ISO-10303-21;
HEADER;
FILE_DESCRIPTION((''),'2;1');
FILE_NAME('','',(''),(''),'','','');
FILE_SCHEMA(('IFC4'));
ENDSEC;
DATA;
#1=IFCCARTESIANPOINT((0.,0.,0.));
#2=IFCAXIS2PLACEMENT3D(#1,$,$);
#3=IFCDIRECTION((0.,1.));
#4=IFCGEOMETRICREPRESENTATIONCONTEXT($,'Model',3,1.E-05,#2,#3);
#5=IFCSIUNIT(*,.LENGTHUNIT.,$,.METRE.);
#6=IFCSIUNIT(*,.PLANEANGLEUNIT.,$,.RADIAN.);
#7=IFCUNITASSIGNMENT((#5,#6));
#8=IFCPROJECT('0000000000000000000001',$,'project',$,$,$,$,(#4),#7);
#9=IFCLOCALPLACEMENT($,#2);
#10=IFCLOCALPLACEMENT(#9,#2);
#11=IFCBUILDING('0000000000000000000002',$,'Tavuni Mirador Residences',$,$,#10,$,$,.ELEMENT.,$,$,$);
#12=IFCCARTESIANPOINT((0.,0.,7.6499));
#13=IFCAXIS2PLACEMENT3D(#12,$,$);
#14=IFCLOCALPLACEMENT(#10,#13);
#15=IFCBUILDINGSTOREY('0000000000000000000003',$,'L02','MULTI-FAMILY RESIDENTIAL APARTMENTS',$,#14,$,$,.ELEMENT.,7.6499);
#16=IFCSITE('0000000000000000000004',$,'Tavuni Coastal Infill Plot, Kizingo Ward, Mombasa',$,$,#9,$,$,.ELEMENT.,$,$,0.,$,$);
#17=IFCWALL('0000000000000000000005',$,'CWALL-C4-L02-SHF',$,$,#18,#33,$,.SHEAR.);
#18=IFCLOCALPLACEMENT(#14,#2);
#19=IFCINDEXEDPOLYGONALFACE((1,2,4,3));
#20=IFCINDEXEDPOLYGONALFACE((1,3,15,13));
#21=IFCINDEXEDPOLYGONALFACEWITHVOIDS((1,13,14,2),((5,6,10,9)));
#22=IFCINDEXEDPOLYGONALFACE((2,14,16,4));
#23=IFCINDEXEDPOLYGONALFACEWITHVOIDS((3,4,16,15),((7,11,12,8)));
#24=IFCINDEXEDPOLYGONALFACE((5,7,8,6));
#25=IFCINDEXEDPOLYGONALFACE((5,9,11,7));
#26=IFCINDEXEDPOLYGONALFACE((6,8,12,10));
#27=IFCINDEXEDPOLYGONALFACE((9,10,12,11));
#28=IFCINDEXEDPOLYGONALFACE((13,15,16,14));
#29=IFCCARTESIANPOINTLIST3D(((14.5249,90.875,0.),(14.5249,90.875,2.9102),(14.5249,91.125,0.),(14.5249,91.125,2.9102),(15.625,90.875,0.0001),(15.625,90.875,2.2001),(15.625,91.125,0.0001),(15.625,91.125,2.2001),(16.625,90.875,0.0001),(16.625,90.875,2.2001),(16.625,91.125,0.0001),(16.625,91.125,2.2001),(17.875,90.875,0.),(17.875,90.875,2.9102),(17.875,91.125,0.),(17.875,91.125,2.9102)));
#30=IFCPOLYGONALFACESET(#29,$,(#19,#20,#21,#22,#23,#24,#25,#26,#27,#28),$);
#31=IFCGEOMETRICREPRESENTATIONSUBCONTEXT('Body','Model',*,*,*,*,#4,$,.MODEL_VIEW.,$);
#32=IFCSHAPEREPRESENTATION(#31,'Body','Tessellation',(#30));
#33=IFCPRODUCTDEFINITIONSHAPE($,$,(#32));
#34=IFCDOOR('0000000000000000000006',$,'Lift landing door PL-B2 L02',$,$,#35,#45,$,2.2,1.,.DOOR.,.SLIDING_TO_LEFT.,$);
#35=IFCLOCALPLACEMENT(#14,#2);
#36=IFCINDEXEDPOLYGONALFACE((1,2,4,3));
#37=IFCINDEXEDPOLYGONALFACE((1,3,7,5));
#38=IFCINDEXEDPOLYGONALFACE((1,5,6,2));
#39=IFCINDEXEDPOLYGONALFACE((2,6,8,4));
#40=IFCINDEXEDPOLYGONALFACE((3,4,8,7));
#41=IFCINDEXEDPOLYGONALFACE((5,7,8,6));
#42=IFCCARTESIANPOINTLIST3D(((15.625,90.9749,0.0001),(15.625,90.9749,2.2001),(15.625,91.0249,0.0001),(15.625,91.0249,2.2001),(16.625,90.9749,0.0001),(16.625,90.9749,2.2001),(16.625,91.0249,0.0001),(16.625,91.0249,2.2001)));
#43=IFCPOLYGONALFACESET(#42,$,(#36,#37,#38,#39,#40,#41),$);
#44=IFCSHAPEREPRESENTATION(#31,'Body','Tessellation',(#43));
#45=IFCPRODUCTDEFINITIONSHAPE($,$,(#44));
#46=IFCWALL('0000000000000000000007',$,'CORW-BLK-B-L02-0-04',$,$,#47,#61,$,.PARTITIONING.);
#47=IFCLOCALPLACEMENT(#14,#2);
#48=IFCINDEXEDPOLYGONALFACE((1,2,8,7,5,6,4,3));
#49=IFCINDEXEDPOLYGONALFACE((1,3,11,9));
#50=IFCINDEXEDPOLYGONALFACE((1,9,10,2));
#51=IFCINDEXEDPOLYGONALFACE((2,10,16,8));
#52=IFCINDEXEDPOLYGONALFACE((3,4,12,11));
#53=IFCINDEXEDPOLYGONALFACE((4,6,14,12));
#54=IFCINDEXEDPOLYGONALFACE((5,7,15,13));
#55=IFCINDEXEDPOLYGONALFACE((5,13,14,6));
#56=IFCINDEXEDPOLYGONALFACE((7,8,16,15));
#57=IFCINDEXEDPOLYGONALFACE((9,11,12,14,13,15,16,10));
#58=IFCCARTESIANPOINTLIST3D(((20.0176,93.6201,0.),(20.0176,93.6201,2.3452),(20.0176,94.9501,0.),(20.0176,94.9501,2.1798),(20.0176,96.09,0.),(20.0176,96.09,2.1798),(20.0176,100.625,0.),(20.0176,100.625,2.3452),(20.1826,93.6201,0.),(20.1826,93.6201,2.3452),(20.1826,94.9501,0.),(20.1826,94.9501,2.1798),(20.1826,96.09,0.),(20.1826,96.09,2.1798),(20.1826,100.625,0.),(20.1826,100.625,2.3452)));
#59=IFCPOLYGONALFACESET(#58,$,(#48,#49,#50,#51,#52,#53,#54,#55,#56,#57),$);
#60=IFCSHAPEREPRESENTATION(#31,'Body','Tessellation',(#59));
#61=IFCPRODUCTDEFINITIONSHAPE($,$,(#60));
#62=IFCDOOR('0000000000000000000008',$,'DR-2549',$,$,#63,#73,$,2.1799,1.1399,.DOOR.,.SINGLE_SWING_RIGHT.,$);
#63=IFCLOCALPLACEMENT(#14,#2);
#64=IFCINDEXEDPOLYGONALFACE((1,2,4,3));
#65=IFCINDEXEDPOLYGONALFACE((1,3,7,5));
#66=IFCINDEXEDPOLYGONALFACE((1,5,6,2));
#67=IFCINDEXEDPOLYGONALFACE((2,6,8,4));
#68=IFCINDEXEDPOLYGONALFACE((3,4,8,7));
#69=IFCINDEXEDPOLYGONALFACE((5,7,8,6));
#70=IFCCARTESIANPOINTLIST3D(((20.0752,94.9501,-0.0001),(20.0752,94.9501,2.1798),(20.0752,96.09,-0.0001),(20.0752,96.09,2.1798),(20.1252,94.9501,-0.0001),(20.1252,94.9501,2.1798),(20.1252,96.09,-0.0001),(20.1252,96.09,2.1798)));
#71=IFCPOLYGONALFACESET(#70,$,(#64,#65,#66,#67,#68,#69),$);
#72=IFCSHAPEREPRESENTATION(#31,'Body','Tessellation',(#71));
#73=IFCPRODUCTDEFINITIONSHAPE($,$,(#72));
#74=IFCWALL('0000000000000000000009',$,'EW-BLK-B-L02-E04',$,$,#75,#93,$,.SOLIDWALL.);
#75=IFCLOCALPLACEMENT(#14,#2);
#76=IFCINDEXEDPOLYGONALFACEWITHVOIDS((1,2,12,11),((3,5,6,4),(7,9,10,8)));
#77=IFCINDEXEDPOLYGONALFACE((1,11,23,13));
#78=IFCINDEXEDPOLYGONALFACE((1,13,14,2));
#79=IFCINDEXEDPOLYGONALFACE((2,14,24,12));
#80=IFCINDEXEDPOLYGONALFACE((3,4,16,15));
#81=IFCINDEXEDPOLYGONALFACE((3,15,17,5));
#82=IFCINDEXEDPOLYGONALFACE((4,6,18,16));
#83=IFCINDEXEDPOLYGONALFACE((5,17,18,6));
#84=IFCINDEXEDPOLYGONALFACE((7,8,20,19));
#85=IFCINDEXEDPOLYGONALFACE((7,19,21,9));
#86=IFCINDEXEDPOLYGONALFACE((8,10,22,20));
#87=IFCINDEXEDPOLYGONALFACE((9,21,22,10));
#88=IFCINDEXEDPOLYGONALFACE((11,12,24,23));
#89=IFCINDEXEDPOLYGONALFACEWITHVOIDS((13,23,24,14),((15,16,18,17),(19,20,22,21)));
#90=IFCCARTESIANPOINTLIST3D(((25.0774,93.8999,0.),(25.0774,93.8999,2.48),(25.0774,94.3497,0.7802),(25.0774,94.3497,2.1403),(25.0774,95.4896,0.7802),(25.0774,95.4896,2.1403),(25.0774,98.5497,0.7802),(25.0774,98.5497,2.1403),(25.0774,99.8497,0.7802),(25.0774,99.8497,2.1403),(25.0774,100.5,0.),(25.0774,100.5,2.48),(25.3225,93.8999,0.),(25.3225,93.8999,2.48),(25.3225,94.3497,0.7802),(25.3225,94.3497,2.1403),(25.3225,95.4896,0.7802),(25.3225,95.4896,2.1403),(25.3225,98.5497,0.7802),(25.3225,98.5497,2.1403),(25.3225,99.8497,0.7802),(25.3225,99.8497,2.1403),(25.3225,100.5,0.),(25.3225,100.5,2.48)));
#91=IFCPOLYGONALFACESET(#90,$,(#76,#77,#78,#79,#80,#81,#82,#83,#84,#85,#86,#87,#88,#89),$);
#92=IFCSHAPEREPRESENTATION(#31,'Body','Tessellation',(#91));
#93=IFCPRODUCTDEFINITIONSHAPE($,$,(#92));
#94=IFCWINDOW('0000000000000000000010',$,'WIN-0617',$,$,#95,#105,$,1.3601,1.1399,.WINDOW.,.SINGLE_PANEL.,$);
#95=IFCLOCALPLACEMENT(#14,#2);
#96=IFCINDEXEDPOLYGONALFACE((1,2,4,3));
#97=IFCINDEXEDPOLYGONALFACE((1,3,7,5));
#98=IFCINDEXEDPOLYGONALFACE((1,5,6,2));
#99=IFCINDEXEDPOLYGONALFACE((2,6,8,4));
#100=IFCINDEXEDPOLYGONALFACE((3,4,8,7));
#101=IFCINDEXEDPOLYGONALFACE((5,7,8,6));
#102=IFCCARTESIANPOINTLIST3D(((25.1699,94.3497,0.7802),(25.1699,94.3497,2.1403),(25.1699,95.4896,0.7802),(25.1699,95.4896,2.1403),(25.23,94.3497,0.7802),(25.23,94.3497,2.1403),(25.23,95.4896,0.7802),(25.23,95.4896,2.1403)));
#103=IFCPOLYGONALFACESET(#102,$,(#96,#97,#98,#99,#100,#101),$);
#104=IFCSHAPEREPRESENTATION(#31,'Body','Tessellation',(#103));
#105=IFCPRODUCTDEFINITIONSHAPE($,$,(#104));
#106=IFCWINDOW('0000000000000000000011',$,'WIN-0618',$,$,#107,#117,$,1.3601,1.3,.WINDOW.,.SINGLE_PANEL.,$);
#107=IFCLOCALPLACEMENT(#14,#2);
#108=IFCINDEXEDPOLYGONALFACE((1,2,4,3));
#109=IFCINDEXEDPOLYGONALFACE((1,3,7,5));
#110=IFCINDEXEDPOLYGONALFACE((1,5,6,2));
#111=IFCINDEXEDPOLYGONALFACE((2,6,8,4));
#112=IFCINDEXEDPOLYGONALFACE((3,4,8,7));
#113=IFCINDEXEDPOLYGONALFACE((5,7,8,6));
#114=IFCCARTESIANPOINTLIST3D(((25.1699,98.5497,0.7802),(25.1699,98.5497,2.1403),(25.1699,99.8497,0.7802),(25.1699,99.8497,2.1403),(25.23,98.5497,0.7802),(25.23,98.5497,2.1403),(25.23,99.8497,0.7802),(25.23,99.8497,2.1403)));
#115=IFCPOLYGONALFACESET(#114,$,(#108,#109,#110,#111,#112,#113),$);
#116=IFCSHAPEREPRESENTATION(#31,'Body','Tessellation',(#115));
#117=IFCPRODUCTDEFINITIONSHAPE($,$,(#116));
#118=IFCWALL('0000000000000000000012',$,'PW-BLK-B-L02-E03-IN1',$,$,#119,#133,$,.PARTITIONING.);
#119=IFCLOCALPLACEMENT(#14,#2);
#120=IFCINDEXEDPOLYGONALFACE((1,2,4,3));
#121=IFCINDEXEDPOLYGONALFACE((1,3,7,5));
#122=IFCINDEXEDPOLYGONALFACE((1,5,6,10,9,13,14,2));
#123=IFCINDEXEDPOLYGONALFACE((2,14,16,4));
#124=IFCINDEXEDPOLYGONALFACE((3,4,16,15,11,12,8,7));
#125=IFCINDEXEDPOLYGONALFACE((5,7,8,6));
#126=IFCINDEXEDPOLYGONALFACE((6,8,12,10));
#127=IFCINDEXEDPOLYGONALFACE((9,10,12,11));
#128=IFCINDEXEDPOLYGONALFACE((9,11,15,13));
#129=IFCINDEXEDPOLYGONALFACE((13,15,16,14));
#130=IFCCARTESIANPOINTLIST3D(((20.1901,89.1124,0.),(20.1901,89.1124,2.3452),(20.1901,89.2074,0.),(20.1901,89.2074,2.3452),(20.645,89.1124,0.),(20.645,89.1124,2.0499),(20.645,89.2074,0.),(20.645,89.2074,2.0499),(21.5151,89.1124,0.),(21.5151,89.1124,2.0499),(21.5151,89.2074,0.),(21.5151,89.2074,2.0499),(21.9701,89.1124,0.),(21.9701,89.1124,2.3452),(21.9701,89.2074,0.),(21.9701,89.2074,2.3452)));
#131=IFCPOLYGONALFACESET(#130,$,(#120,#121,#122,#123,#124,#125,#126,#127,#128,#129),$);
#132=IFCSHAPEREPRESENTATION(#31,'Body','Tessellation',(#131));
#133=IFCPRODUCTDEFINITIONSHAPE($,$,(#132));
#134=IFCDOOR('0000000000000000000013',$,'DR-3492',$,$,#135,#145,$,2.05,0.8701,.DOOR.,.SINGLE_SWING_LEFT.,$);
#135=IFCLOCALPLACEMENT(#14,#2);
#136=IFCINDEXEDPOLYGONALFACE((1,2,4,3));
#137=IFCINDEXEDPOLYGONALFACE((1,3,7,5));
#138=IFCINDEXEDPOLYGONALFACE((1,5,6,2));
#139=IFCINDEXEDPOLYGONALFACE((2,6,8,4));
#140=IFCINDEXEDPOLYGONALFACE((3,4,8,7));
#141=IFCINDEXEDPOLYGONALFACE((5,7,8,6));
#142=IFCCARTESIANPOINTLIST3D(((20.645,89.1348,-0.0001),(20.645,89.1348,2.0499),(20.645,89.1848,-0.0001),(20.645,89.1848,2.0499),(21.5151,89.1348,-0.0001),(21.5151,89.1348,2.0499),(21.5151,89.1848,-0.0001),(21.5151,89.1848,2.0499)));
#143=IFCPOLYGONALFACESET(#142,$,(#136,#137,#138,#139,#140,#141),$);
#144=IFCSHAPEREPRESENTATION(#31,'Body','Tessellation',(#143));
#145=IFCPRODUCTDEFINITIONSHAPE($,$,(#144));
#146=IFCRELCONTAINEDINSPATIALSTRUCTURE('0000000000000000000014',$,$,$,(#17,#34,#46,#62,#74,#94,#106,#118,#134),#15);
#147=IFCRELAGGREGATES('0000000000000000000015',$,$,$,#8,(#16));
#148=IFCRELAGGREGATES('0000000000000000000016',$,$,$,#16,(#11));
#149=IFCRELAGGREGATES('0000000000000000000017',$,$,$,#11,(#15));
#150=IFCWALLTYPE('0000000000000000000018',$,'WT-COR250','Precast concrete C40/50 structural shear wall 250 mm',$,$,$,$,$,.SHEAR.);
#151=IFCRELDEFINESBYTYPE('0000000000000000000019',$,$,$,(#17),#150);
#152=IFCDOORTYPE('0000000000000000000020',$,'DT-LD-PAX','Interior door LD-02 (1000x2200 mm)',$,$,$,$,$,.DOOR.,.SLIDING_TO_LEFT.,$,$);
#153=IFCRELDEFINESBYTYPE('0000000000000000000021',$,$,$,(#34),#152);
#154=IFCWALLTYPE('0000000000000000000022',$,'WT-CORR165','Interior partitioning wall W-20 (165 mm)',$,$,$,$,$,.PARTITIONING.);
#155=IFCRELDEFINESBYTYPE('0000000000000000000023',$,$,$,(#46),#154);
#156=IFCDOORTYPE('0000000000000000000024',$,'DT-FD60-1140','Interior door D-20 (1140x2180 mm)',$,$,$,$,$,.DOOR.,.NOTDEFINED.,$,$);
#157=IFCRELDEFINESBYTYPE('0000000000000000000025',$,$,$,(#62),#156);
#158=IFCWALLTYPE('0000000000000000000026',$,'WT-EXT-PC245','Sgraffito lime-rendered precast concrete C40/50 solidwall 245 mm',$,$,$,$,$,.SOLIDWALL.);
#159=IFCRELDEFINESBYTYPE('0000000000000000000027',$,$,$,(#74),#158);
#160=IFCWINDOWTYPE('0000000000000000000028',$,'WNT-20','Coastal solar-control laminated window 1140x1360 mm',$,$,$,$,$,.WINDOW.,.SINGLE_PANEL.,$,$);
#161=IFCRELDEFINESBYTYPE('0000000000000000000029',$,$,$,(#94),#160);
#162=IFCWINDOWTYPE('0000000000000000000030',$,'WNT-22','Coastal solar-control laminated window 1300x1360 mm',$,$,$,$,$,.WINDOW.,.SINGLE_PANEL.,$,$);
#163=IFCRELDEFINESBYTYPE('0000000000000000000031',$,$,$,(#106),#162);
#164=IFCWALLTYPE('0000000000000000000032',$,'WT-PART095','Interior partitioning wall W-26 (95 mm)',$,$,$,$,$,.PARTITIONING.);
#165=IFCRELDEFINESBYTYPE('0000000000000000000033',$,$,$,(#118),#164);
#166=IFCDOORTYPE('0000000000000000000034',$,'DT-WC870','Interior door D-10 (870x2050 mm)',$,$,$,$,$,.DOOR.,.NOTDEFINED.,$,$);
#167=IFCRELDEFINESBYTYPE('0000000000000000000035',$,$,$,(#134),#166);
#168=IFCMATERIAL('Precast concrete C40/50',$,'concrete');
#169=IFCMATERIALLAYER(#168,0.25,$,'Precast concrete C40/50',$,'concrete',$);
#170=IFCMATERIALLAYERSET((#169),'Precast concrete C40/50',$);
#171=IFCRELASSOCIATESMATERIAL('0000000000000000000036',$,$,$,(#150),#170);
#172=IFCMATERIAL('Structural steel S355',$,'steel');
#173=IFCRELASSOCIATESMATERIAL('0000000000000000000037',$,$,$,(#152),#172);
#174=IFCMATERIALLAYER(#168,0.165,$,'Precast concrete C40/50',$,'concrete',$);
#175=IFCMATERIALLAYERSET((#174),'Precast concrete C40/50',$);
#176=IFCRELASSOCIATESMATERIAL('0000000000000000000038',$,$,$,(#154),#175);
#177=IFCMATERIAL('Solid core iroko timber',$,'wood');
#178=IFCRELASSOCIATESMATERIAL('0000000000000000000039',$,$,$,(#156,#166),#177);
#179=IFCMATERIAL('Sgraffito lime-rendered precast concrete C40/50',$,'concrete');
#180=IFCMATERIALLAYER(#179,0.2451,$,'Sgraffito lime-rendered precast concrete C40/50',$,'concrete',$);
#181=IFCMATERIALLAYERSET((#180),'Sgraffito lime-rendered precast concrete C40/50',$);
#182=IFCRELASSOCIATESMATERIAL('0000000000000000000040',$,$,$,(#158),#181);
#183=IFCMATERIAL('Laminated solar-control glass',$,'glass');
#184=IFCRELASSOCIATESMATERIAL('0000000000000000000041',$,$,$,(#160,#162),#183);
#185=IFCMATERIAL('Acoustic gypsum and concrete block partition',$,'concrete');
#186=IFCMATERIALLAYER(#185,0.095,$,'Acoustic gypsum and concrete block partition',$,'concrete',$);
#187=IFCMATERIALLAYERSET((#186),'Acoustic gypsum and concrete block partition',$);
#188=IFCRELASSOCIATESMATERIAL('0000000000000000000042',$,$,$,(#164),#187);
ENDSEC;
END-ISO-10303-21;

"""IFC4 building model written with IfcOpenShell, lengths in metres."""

from ifc_helpers import new_model, si_unit, direction, frame, frame_2d, origin, place, context, subcontext, project, spatial, rectangle, extrude, material, layer, layer_set, type_object, element, fill, save


model = new_model("IFC4")

# Units and contexts
model_context = context("Model", 3, precision=1e-05, world=origin(), true_north=direction((0.0, 1.0)))
body_context = subcontext(model_context, "Body", "Model", "MODEL_VIEW")
ifc_project = project(units=[si_unit("LENGTHUNIT", "METRE"), si_unit("PLANEANGLEUNIT", "RADIAN")], contexts=[model_context])

# Site, building, storey
site_placement = place(None, origin())
site = spatial("IfcSite", under=ifc_project, at=site_placement, Name="Tavuni Coastal Infill Plot, Kizingo Ward, Mombasa", CompositionType="ELEMENT", RefElevation=0.0)
building_placement = place(site_placement, origin())
building = spatial("IfcBuilding", under=site, at=building_placement, Name="Tavuni Mirador Residences", CompositionType="ELEMENT")
storey_placement = place(building_placement, frame((0.0, 0.0, 7.6499)))
storey = spatial("IfcBuildingStorey", under=building, at=storey_placement, Name="L02", Description="MULTI-FAMILY RESIDENTIAL APARTMENTS", CompositionType="ELEMENT", Elevation=7.6499)

# Shared definitions
ifc_material_1 = material(Name="Precast concrete C40/50", Category="concrete")

# Shared definitions
ifc_material_2 = material(Name="Structural steel S355", Category="steel")

# Walls, openings, doors
ifc_layer_1 = layer(ifc_material_1, 0.25, Name="Precast concrete C40/50", Category="concrete")
ifc_layer_set_1 = layer_set([ifc_layer_1], Name="Precast concrete C40/50")
wall_type_1 = type_object("IfcWallType", Name="WT-COR250", Description="Precast concrete C40/50 structural shear wall 250 mm", PredefinedType="SHEAR", material=ifc_layer_set_1)
wall_1_placement = place(storey_placement, frame((14.5249, 91.0, 0.0), z_axis=(0.0, 0.0, 1.0), x_axis=(1.0, 0.0, 0.0)))
wall_1 = element("IfcWall", 1, at=wall_1_placement, inside=storey, type_object=wall_type_1, Name="CWALL-C4-L02-SHF", PredefinedType="SHEAR", context=body_context, shape_type="SweptSolid", body=[
    extrude(rectangle(XDim=3.3501, YDim=0.25, at=frame_2d((1.675, 0.0))), origin(), (0.0, 0.0, 1.0), 2.9102),
])
opening_1_placement = place(wall_1_placement, frame((1.1001, 0.0, 0.0)))
opening_1 = element("IfcOpeningElement", 2, at=opening_1_placement, cuts=wall_1, PredefinedType="OPENING", context=body_context, shape_type="SweptSolid", body=[
    extrude(rectangle(XDim=1.0, YDim=2.2, at=frame_2d((0.5, 1.1001))), frame((0.0, 0.135, 0.0), z_axis=(0.0, -1.0, 0.0), x_axis=(1.0, 0.0, 0.0)), (0.0, 0.0, 1.0), 0.27),
])
door_type_1 = type_object("IfcDoorType", Name="DT-LD-PAX", Description="Interior door LD-02 (1000x2200 mm)", OperationType="SLIDING_TO_LEFT", PredefinedType="DOOR", material=ifc_material_2)
door_1_placement = place(opening_1_placement, origin())
door_1 = element("IfcDoor", 3, at=door_1_placement, inside=storey, type_object=door_type_1, Name="Lift landing door PL-B2 L02", OperationType="SLIDING_TO_LEFT", OverallHeight=2.2, OverallWidth=1.0, PredefinedType="DOOR", context=body_context, shape_type="SweptSolid", body=[
    extrude(rectangle(XDim=1.0, YDim=2.2, at=frame_2d((0.5, 1.1001))), frame((0.0, 0.0249, 0.0), z_axis=(0.0, -1.0, 0.0), x_axis=(1.0, 0.0, 0.0)), (0.0, 0.0, 1.0), 0.05),
])
fill(opening_1, door_1)
ifc_layer_2 = layer(ifc_material_1, 0.165, Name="Precast concrete C40/50", Category="concrete")
ifc_layer_set_2 = layer_set([ifc_layer_2], Name="Precast concrete C40/50")
wall_type_2 = type_object("IfcWallType", Name="WT-CORR165", Description="Interior partitioning wall W-20 (165 mm)", PredefinedType="PARTITIONING", material=ifc_layer_set_2)
wall_2_placement = place(storey_placement, frame((20.1001, 93.6201, 0.0), z_axis=(0.0, 0.0, 1.0), x_axis=(0.0, 1.0, 0.0)))
wall_2 = element("IfcWall", 4, at=wall_2_placement, inside=storey, type_object=wall_type_2, Name="CORW-BLK-B-L02-0-04", PredefinedType="PARTITIONING", context=body_context, shape_type="SweptSolid", body=[
    extrude(rectangle(XDim=7.0049, YDim=0.165, at=frame_2d((3.5024, 0.0))), origin(), (0.0, 0.0, 1.0), 2.3452),
])
opening_2_placement = place(wall_2_placement, frame((1.3301, 0.0, 0.0)))
opening_2 = element("IfcOpeningElement", 5, at=opening_2_placement, cuts=wall_2, PredefinedType="OPENING", context=body_context, shape_type="SweptSolid", body=[
    extrude(rectangle(XDim=1.1399, YDim=2.1799, at=frame_2d((0.5698, 1.0898))), frame((0.0, 0.0925, 0.0), z_axis=(0.0, -1.0, 0.0), x_axis=(1.0, 0.0, 0.0)), (0.0, 0.0, 1.0), 0.1851),
])
ifc_material_3 = material(Name="Solid core iroko timber", Category="wood")
door_type_2 = type_object("IfcDoorType", Name="DT-FD60-1140", Description="Interior door D-20 (1140x2180 mm)", OperationType="NOTDEFINED", PredefinedType="DOOR", material=ifc_material_3)
door_2_placement = place(opening_2_placement, origin())
door_2 = element("IfcDoor", 6, at=door_2_placement, inside=storey, type_object=door_type_2, Name="DR-2549", OperationType="SINGLE_SWING_RIGHT", OverallHeight=2.1799, OverallWidth=1.1399, PredefinedType="DOOR", context=body_context, shape_type="SweptSolid", body=[
    extrude(rectangle(XDim=1.1399, YDim=2.1799, at=frame_2d((0.5698, 1.0898))), frame((0.0, 0.0249, 0.0), z_axis=(0.0, -1.0, 0.0), x_axis=(1.0, 0.0, 0.0)), (0.0, 0.0, 1.0), 0.05),
])
fill(opening_2, door_2)

# Wall, openings, windows
ifc_material_4 = material(Name="Sgraffito lime-rendered precast concrete C40/50", Category="concrete")
ifc_layer_3 = layer(ifc_material_4, 0.2451, Name="Sgraffito lime-rendered precast concrete C40/50", Category="concrete")
ifc_layer_set_3 = layer_set([ifc_layer_3], Name="Sgraffito lime-rendered precast concrete C40/50")
wall_type_3 = type_object("IfcWallType", Name="WT-EXT-PC245", Description="Sgraffito lime-rendered precast concrete C40/50 solidwall 245 mm", PredefinedType="SOLIDWALL", material=ifc_layer_set_3)
wall_3_placement = place(storey_placement, frame((25.2, 93.8999, 0.0), z_axis=(0.0, 0.0, 1.0), x_axis=(0.0, 1.0, 0.0)))
wall_3 = element("IfcWall", 7, at=wall_3_placement, inside=storey, type_object=wall_type_3, Name="EW-BLK-B-L02-E04", PredefinedType="SOLIDWALL", context=body_context, shape_type="SweptSolid", body=[
    extrude(rectangle(XDim=6.6001, YDim=0.2451, at=frame_2d((3.3, 0.0))), origin(), (0.0, 0.0, 1.0), 2.48),
])
opening_3_placement = place(wall_3_placement, frame((0.45, 0.0, 0.78)))
opening_3 = element("IfcOpeningElement", 8, at=opening_3_placement, cuts=wall_3, PredefinedType="OPENING", context=body_context, shape_type="SweptSolid", body=[
    extrude(rectangle(XDim=1.1399, YDim=1.3601, at=frame_2d((0.5698, 0.6802))), frame((0.0, 0.1326, 0.0), z_axis=(0.0, -1.0, 0.0), x_axis=(1.0, 0.0, 0.0)), (0.0, 0.0, 1.0), 0.2651),
])
opening_4_placement = place(wall_3_placement, frame((4.6499, 0.0, 0.78)))
opening_4 = element("IfcOpeningElement", 9, at=opening_4_placement, cuts=wall_3, PredefinedType="OPENING", context=body_context, shape_type="SweptSolid", body=[
    extrude(rectangle(XDim=1.3, YDim=1.3601, at=frame_2d((0.6499, 0.6802))), frame((0.0, 0.1326, 0.0), z_axis=(0.0, -1.0, 0.0), x_axis=(1.0, 0.0, 0.0)), (0.0, 0.0, 1.0), 0.2651),
])
ifc_material_5 = material(Name="Laminated solar-control glass", Category="glass")
window_type_1 = type_object("IfcWindowType", Name="WNT-20", Description="Coastal solar-control laminated window 1140x1360 mm", PartitioningType="SINGLE_PANEL", PredefinedType="WINDOW", material=ifc_material_5)
window_1_placement = place(opening_3_placement, origin())
window_1 = element("IfcWindow", 10, at=window_1_placement, inside=storey, type_object=window_type_1, Name="WIN-0617", OverallHeight=1.3601, OverallWidth=1.1399, PartitioningType="SINGLE_PANEL", PredefinedType="WINDOW", context=body_context, shape_type="SweptSolid", body=[
    extrude(rectangle(XDim=1.1399, YDim=1.3601, at=frame_2d((0.5698, 0.6802))), frame((0.0, 0.03, 0.0), z_axis=(0.0, -1.0, 0.0), x_axis=(1.0, 0.0, 0.0)), (0.0, 0.0, 1.0), 0.0601),
])
fill(opening_3, window_1)
window_type_2 = type_object("IfcWindowType", Name="WNT-22", Description="Coastal solar-control laminated window 1300x1360 mm", PartitioningType="SINGLE_PANEL", PredefinedType="WINDOW", material=ifc_material_5)
window_2_placement = place(opening_4_placement, origin())
window_2 = element("IfcWindow", 11, at=window_2_placement, inside=storey, type_object=window_type_2, Name="WIN-0618", OverallHeight=1.3601, OverallWidth=1.3, PartitioningType="SINGLE_PANEL", PredefinedType="WINDOW", context=body_context, shape_type="SweptSolid", body=[
    extrude(rectangle(XDim=1.3, YDim=1.3601, at=frame_2d((0.6499, 0.6802))), frame((0.0, 0.03, 0.0), z_axis=(0.0, -1.0, 0.0), x_axis=(1.0, 0.0, 0.0)), (0.0, 0.0, 1.0), 0.0601),
])
fill(opening_4, window_2)

# Wall, opening, door
ifc_material_6 = material(Name="Acoustic gypsum and concrete block partition", Category="concrete")
ifc_layer_4 = layer(ifc_material_6, 0.095, Name="Acoustic gypsum and concrete block partition", Category="concrete")
ifc_layer_set_4 = layer_set([ifc_layer_4], Name="Acoustic gypsum and concrete block partition")
wall_type_4 = type_object("IfcWallType", Name="WT-PART095", Description="Interior partitioning wall W-26 (95 mm)", PredefinedType="PARTITIONING", material=ifc_layer_set_4)
wall_4_placement = place(storey_placement, frame((20.1899, 89.1599, 0.0), z_axis=(0.0, 0.0, 1.0), x_axis=(1.0, 0.0, 0.0)))
wall_4 = element("IfcWall", 12, at=wall_4_placement, inside=storey, type_object=wall_type_4, Name="PW-BLK-B-L02-E03-IN1", PredefinedType="PARTITIONING", context=body_context, shape_type="SweptSolid", body=[
    extrude(rectangle(XDim=1.78, YDim=0.095, at=frame_2d((0.8901, 0.0))), origin(), (0.0, 0.0, 1.0), 2.3452),
])
opening_5_placement = place(wall_4_placement, frame((0.4551, 0.0, 0.0)))
opening_5 = element("IfcOpeningElement", 13, at=opening_5_placement, cuts=wall_4, PredefinedType="OPENING", context=body_context, shape_type="SweptSolid", body=[
    extrude(rectangle(XDim=0.8701, YDim=2.05, at=frame_2d((0.4351, 1.0249))), frame((0.0, 0.0576, 0.0), z_axis=(0.0, -1.0, 0.0), x_axis=(1.0, 0.0, 0.0)), (0.0, 0.0, 1.0), 0.115),
])
door_type_3 = type_object("IfcDoorType", Name="DT-WC870", Description="Interior door D-10 (870x2050 mm)", OperationType="NOTDEFINED", PredefinedType="DOOR", material=ifc_material_3)
door_3_placement = place(opening_5_placement, origin())
door_3 = element("IfcDoor", 14, at=door_3_placement, inside=storey, type_object=door_type_3, Name="DR-3492", OperationType="SINGLE_SWING_LEFT", OverallHeight=2.05, OverallWidth=0.8701, PredefinedType="DOOR", context=body_context, shape_type="SweptSolid", body=[
    extrude(rectangle(XDim=0.8701, YDim=2.05, at=frame_2d((0.4351, 1.0249))), frame((0.0, 0.0249, 0.0), z_axis=(0.0, -1.0, 0.0), x_axis=(1.0, 0.0, 0.0)), (0.0, 0.0, 1.0), 0.05),
])
fill(opening_5, door_3)

save(model, "model.ifc")
